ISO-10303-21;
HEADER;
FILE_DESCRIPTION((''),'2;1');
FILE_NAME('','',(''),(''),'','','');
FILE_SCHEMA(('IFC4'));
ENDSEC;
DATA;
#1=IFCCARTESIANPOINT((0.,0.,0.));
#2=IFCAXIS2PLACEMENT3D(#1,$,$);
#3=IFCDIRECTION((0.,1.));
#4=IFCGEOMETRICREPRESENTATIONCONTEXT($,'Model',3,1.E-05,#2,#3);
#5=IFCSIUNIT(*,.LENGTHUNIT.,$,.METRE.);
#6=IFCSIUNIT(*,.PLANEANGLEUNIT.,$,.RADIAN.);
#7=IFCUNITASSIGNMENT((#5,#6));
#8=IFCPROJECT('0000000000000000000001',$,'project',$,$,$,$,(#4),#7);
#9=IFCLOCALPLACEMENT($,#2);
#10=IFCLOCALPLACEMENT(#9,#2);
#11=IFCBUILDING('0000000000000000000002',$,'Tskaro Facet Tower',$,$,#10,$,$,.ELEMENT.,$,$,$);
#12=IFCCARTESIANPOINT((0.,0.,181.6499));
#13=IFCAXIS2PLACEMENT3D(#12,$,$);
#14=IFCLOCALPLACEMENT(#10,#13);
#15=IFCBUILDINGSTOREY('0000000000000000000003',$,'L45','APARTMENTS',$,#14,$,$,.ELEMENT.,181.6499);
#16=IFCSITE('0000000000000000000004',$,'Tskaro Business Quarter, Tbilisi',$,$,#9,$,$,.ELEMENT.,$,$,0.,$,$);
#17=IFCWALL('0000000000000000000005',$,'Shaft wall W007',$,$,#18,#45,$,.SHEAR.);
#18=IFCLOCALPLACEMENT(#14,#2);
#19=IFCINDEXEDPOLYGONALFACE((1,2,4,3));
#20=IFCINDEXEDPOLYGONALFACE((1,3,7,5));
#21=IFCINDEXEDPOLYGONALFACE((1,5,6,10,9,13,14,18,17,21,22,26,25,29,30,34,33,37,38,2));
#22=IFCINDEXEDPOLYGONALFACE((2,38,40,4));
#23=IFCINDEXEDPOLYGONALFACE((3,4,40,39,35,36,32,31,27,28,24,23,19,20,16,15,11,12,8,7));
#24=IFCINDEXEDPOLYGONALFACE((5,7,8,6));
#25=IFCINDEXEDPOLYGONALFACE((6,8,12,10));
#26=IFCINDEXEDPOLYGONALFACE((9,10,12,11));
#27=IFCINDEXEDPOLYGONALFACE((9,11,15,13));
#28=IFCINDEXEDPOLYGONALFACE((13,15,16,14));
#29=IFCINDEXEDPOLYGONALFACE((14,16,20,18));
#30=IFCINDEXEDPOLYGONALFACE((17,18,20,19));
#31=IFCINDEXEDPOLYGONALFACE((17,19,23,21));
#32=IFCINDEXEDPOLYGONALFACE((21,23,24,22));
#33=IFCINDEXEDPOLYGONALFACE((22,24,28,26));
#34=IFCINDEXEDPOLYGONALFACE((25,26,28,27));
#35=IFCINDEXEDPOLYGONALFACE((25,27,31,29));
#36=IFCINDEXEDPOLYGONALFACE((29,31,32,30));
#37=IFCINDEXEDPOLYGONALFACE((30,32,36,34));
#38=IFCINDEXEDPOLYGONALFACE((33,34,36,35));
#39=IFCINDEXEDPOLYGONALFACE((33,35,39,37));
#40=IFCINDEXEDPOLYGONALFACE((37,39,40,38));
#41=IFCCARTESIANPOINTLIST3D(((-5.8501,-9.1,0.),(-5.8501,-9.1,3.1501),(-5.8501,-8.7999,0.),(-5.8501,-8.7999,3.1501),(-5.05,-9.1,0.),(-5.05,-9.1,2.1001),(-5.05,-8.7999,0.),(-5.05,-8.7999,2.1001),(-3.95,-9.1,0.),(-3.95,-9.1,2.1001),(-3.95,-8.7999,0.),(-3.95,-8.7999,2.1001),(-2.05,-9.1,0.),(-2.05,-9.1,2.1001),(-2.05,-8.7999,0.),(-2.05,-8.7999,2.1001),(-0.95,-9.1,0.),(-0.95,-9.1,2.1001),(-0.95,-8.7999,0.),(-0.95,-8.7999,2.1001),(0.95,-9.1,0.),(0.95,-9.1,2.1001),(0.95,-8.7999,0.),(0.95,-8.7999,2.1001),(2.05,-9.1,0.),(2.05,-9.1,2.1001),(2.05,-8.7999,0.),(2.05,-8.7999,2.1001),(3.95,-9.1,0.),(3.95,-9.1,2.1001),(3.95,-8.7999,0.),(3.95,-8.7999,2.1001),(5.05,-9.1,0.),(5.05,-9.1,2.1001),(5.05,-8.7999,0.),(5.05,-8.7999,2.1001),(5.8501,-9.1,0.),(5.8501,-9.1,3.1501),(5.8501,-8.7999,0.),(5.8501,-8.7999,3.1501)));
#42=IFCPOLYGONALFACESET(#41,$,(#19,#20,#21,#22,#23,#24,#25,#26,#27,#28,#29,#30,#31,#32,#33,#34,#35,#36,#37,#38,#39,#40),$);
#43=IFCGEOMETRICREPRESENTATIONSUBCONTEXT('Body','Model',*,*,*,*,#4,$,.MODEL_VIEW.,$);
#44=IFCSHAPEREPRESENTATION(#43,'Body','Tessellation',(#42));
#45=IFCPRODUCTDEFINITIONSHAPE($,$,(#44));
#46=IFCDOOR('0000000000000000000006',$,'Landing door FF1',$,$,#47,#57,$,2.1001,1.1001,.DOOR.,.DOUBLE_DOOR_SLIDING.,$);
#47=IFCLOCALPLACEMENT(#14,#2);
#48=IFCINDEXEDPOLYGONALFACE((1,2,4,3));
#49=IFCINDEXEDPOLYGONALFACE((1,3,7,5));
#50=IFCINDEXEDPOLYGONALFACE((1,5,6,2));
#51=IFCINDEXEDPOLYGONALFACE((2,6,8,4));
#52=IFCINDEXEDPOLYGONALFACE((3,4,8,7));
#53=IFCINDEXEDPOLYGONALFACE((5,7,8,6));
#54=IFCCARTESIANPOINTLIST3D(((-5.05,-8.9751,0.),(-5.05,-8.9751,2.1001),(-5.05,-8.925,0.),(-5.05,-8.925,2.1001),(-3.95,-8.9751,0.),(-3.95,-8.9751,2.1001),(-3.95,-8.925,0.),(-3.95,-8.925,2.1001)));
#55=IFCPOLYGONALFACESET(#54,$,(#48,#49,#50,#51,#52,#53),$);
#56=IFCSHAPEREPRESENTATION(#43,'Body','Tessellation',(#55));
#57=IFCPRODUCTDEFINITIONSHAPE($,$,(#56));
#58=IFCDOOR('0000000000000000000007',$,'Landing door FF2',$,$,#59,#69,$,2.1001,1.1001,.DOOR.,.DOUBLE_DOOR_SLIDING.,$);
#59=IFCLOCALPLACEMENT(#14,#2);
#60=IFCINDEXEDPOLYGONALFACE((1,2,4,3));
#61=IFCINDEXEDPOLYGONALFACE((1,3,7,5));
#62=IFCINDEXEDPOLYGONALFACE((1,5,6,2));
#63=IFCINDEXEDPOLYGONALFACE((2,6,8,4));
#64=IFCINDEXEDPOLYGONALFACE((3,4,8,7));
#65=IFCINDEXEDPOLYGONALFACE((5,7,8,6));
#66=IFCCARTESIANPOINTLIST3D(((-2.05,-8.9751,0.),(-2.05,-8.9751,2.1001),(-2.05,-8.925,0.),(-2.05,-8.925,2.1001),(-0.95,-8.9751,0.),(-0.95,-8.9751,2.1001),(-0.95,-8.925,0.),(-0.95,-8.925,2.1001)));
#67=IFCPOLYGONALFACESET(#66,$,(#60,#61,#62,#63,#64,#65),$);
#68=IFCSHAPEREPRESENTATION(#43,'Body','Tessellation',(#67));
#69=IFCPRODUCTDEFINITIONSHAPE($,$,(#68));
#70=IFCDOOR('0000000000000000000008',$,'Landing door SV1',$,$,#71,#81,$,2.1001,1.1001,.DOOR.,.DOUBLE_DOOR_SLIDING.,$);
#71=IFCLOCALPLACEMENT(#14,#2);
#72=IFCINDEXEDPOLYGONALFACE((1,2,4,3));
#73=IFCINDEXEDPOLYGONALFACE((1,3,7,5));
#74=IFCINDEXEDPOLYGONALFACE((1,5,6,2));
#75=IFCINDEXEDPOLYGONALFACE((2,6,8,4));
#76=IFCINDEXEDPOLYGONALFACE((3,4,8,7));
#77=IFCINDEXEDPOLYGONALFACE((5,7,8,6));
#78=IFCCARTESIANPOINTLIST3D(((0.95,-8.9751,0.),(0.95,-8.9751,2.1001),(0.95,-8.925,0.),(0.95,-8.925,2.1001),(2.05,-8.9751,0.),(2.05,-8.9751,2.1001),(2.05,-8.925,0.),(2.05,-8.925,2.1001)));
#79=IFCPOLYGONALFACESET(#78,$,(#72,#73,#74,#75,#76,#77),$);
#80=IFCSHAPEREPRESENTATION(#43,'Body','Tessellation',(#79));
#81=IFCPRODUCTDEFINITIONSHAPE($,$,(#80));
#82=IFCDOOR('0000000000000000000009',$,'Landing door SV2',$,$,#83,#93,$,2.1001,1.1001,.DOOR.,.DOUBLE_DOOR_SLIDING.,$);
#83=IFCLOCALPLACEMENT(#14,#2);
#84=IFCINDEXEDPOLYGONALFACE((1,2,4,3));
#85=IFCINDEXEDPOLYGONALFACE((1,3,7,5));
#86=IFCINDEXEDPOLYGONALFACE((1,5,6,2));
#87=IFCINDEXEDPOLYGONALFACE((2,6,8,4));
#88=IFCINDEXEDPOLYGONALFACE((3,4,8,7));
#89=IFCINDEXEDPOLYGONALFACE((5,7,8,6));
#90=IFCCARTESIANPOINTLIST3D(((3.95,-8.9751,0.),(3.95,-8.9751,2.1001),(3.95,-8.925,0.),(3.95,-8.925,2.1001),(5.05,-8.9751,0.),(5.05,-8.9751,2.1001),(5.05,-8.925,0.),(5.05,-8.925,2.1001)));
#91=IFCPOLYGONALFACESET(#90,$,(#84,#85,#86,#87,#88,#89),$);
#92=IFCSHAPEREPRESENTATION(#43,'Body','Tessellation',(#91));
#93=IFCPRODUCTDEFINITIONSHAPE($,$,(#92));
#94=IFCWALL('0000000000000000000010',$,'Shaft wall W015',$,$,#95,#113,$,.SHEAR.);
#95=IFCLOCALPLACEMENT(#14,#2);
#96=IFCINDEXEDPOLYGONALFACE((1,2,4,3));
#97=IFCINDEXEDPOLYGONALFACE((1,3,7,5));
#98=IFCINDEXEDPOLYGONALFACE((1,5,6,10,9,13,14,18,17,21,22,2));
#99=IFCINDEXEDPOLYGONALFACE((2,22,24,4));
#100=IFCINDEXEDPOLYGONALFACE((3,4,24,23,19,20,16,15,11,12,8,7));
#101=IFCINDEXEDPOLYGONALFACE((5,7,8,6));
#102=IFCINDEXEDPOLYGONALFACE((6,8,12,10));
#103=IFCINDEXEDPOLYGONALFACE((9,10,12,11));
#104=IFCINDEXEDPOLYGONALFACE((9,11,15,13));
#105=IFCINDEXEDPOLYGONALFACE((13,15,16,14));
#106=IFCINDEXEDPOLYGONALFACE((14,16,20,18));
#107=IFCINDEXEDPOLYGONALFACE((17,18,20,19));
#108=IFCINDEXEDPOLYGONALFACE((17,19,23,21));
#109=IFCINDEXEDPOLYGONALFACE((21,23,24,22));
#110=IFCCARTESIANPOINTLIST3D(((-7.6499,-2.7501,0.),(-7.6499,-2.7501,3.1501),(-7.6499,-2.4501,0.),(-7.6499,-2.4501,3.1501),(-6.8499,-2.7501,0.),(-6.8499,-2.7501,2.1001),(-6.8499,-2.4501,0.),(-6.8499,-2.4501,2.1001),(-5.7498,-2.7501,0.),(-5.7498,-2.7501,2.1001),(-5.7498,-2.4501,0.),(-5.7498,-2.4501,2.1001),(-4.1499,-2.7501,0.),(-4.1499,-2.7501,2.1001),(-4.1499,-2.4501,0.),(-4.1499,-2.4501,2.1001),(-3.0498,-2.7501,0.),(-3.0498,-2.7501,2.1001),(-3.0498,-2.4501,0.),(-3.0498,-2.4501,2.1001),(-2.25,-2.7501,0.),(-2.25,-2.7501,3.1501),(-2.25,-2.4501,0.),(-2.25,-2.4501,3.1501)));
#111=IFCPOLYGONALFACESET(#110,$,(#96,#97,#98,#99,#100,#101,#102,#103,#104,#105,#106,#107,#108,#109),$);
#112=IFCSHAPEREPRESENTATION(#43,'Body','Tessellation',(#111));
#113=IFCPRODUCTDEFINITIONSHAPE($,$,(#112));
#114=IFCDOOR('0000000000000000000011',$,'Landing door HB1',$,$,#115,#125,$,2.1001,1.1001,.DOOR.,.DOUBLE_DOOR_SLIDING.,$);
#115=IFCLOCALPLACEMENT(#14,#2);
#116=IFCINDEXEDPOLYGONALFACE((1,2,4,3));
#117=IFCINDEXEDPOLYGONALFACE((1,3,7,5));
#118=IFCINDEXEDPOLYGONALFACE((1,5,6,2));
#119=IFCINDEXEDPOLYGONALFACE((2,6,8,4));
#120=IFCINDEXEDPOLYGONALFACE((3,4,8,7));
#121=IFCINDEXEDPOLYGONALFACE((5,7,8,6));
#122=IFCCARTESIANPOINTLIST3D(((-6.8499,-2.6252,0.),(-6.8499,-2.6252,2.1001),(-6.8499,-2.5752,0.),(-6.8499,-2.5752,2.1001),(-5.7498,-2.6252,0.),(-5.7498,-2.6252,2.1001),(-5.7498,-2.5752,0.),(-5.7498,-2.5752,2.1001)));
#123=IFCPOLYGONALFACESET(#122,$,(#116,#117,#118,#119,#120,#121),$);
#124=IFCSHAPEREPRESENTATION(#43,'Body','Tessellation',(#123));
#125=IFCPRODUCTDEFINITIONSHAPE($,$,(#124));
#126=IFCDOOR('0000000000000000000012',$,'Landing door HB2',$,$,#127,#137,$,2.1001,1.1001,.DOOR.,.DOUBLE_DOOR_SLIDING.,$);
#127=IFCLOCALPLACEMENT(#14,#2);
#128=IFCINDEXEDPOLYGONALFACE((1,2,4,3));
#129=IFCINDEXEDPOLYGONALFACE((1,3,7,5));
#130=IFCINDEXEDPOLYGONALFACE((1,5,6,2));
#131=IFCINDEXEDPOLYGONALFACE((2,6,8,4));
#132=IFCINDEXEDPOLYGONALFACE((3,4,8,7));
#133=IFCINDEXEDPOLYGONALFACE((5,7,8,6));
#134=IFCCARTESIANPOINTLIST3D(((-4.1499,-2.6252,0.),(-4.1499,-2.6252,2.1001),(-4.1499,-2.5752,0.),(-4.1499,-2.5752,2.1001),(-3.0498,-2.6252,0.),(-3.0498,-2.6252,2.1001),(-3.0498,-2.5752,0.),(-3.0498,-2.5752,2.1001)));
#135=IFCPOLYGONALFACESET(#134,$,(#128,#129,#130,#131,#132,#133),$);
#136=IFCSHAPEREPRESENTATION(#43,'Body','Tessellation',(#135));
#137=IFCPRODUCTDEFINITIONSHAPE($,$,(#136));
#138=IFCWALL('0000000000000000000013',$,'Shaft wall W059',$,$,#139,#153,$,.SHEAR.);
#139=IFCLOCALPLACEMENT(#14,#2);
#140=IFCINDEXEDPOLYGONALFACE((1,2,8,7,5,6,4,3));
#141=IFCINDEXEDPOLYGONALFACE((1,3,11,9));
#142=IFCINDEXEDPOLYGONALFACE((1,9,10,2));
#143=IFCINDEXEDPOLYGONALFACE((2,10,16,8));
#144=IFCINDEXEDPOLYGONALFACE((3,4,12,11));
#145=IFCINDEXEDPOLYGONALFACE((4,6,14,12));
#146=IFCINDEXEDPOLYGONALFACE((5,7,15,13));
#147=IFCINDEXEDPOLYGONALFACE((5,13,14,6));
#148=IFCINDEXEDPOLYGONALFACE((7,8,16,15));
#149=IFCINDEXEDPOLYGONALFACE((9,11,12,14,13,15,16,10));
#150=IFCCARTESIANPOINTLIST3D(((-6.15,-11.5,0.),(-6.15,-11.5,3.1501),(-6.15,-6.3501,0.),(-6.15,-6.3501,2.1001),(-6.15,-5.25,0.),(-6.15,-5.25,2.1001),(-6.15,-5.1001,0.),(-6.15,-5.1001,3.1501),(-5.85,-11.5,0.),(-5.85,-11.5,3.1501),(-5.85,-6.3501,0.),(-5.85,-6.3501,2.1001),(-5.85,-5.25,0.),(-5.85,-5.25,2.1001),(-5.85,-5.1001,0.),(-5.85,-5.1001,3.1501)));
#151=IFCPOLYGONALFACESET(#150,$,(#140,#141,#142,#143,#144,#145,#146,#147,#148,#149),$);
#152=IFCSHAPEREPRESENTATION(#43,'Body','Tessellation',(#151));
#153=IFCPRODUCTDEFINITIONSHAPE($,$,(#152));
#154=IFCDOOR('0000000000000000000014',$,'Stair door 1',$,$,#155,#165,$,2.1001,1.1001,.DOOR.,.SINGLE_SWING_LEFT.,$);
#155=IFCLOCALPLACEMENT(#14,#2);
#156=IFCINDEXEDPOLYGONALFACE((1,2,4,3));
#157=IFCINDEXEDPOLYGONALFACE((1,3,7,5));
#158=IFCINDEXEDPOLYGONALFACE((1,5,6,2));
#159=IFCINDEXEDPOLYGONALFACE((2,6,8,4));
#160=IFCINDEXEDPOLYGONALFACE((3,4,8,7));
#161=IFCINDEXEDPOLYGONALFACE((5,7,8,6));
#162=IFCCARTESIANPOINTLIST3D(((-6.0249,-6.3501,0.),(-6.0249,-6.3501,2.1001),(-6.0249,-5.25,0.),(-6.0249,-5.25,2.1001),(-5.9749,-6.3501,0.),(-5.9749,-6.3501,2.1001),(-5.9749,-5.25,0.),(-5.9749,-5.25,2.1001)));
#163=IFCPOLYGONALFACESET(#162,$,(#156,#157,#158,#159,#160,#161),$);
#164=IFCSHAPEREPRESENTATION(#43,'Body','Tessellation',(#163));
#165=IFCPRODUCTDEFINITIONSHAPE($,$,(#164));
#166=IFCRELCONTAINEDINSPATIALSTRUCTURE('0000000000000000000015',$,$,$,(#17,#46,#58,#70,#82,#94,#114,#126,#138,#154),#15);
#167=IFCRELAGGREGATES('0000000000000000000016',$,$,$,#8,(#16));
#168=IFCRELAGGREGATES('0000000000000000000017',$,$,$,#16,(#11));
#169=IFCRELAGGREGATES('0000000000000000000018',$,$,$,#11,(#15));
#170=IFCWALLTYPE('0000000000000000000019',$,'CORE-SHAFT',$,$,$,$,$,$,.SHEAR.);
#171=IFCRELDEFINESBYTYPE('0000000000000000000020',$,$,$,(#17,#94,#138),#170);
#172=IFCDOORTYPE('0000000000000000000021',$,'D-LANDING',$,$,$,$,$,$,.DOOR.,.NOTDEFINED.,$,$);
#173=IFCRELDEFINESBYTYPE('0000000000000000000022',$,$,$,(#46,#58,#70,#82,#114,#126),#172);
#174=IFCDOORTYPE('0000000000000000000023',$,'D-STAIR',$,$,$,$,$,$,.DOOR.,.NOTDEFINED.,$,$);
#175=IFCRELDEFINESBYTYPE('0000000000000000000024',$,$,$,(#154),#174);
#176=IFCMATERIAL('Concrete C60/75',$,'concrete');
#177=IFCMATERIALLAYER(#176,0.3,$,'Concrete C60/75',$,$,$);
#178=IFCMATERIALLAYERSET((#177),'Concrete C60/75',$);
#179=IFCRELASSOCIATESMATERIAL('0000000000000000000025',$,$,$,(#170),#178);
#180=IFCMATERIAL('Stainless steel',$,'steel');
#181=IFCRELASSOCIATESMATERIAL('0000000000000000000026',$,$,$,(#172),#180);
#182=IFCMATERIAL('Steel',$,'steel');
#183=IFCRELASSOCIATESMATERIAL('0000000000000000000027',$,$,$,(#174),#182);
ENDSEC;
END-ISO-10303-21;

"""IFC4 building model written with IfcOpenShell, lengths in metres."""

from ifc_helpers import new_model, si_unit, direction, frame, frame_2d, origin, place, context, subcontext, project, spatial, rectangle, extrude, material, layer, layer_set, type_object, element, fill, save


model = new_model("IFC4")

# Units and contexts
model_context = context("Model", 3, precision=1e-05, world=origin(), true_north=direction((0.0, 1.0)))
body_context = subcontext(model_context, "Body", "Model", "MODEL_VIEW")
ifc_project = project(units=[si_unit("LENGTHUNIT", "METRE"), si_unit("PLANEANGLEUNIT", "RADIAN")], contexts=[model_context])

# Site, building, storey
site_placement = place(None, origin())
site = spatial("IfcSite", under=ifc_project, at=site_placement, Name="Tskaro Business Quarter, Tbilisi", CompositionType="ELEMENT", RefElevation=0.0)
building_placement = place(site_placement, origin())
building = spatial("IfcBuilding", under=site, at=building_placement, Name="Tskaro Facet Tower", CompositionType="ELEMENT")
storey_placement = place(building_placement, frame((0.0, 0.0, 181.6499)))
storey = spatial("IfcBuildingStorey", under=building, at=storey_placement, Name="L45", Description="APARTMENTS", CompositionType="ELEMENT", Elevation=181.6499)

# Walls, openings, doors
ifc_material_1 = material(Name="Concrete C60/75", Category="concrete")
ifc_layer_1 = layer(ifc_material_1, 0.3, Name="Concrete C60/75")
ifc_layer_set_1 = layer_set([ifc_layer_1], Name="Concrete C60/75")
wall_type_1 = type_object("IfcWallType", Name="CORE-SHAFT", PredefinedType="SHEAR", material=ifc_layer_set_1)
wall_1_placement = place(storey_placement, frame((-5.8501, -8.95, 0.0), z_axis=(0.0, 0.0, 1.0), x_axis=(1.0, 0.0, 0.0)))
wall_1 = element("IfcWall", 1, at=wall_1_placement, inside=storey, type_object=wall_type_1, Name="Shaft wall W007", PredefinedType="SHEAR", context=body_context, shape_type="SweptSolid", body=[
    extrude(rectangle(XDim=11.7002, YDim=0.3, at=frame_2d((5.8501, 0.0))), origin(), (0.0, 0.0, 1.0), 3.1501),
])
opening_1_placement = place(wall_1_placement, frame((0.8, 0.0, 0.0)))
opening_1 = element("IfcOpeningElement", 2, at=opening_1_placement, cuts=wall_1, PredefinedType="OPENING", context=body_context, shape_type="SweptSolid", body=[
    extrude(rectangle(XDim=1.1001, YDim=2.1001, at=frame_2d((0.55, 1.05))), frame((0.0, 0.1599, 0.0), z_axis=(0.0, -1.0, 0.0), x_axis=(1.0, 0.0, 0.0)), (0.0, 0.0, 1.0), 0.3201),
])
opening_2_placement = place(wall_1_placement, frame((3.8, 0.0, 0.0)))
opening_2 = element("IfcOpeningElement", 3, at=opening_2_placement, cuts=wall_1, PredefinedType="OPENING", context=body_context, shape_type="SweptSolid", body=[
    extrude(rectangle(XDim=1.1001, YDim=2.1001, at=frame_2d((0.55, 1.05))), frame((0.0, 0.1599, 0.0), z_axis=(0.0, -1.0, 0.0), x_axis=(1.0, 0.0, 0.0)), (0.0, 0.0, 1.0), 0.3201),
])
opening_3_placement = place(wall_1_placement, frame((6.8, 0.0, 0.0)))
opening_3 = element("IfcOpeningElement", 4, at=opening_3_placement, cuts=wall_1, PredefinedType="OPENING", context=body_context, shape_type="SweptSolid", body=[
    extrude(rectangle(XDim=1.1001, YDim=2.1001, at=frame_2d((0.55, 1.05))), frame((0.0, 0.1599, 0.0), z_axis=(0.0, -1.0, 0.0), x_axis=(1.0, 0.0, 0.0)), (0.0, 0.0, 1.0), 0.3201),
])
opening_4_placement = place(wall_1_placement, frame((9.8, 0.0, 0.0)))
opening_4 = element("IfcOpeningElement", 5, at=opening_4_placement, cuts=wall_1, PredefinedType="OPENING", context=body_context, shape_type="SweptSolid", body=[
    extrude(rectangle(XDim=1.1001, YDim=2.1001, at=frame_2d((0.55, 1.05))), frame((0.0, 0.1599, 0.0), z_axis=(0.0, -1.0, 0.0), x_axis=(1.0, 0.0, 0.0)), (0.0, 0.0, 1.0), 0.3201),
])
ifc_material_2 = material(Name="Stainless steel", Category="steel")
door_type_1 = type_object("IfcDoorType", Name="D-LANDING", OperationType="NOTDEFINED", PredefinedType="DOOR", material=ifc_material_2)
door_1_placement = place(opening_1_placement, origin())
door_1 = element("IfcDoor", 6, at=door_1_placement, inside=storey, type_object=door_type_1, Name="Landing door FF1", OperationType="DOUBLE_DOOR_SLIDING", OverallHeight=2.1001, OverallWidth=1.1001, PredefinedType="DOOR", context=body_context, shape_type="SweptSolid", body=[
    extrude(rectangle(XDim=1.1001, YDim=2.1001, at=frame_2d((0.55, 1.05))), frame((0.0, 0.0249, 0.0), z_axis=(0.0, -1.0, 0.0), x_axis=(1.0, 0.0, 0.0)), (0.0, 0.0, 1.0), 0.05),
])
fill(opening_1, door_1)
door_2_placement = place(opening_2_placement, origin())
door_2 = element("IfcDoor", 7, at=door_2_placement, inside=storey, type_object=door_type_1, Name="Landing door FF2", OperationType="DOUBLE_DOOR_SLIDING", OverallHeight=2.1001, OverallWidth=1.1001, PredefinedType="DOOR", context=body_context, shape_type="SweptSolid", body=[
    extrude(rectangle(XDim=1.1001, YDim=2.1001, at=frame_2d((0.55, 1.05))), frame((0.0, 0.0249, 0.0), z_axis=(0.0, -1.0, 0.0), x_axis=(1.0, 0.0, 0.0)), (0.0, 0.0, 1.0), 0.05),
])
fill(opening_2, door_2)
door_3_placement = place(opening_3_placement, origin())
door_3 = element("IfcDoor", 8, at=door_3_placement, inside=storey, type_object=door_type_1, Name="Landing door SV1", OperationType="DOUBLE_DOOR_SLIDING", OverallHeight=2.1001, OverallWidth=1.1001, PredefinedType="DOOR", context=body_context, shape_type="SweptSolid", body=[
    extrude(rectangle(XDim=1.1001, YDim=2.1001, at=frame_2d((0.55, 1.05))), frame((0.0, 0.0249, 0.0), z_axis=(0.0, -1.0, 0.0), x_axis=(1.0, 0.0, 0.0)), (0.0, 0.0, 1.0), 0.05),
])
fill(opening_3, door_3)
door_4_placement = place(opening_4_placement, origin())
door_4 = element("IfcDoor", 9, at=door_4_placement, inside=storey, type_object=door_type_1, Name="Landing door SV2", OperationType="DOUBLE_DOOR_SLIDING", OverallHeight=2.1001, OverallWidth=1.1001, PredefinedType="DOOR", context=body_context, shape_type="SweptSolid", body=[
    extrude(rectangle(XDim=1.1001, YDim=2.1001, at=frame_2d((0.55, 1.05))), frame((0.0, 0.0249, 0.0), z_axis=(0.0, -1.0, 0.0), x_axis=(1.0, 0.0, 0.0)), (0.0, 0.0, 1.0), 0.05),
])
fill(opening_4, door_4)
wall_2_placement = place(storey_placement, frame((-7.6499, -2.6001, 0.0), z_axis=(0.0, 0.0, 1.0), x_axis=(1.0, 0.0, 0.0)))
wall_2 = element("IfcWall", 10, at=wall_2_placement, inside=storey, type_object=wall_type_1, Name="Shaft wall W015", PredefinedType="SHEAR", context=body_context, shape_type="SweptSolid", body=[
    extrude(rectangle(XDim=5.3999, YDim=0.3, at=frame_2d((2.7, 0.0))), origin(), (0.0, 0.0, 1.0), 3.1501),
])
opening_5_placement = place(wall_2_placement, frame((0.8, 0.0, 0.0)))
opening_5 = element("IfcOpeningElement", 11, at=opening_5_placement, cuts=wall_2, PredefinedType="OPENING", context=body_context, shape_type="SweptSolid", body=[
    extrude(rectangle(XDim=1.1001, YDim=2.1001, at=frame_2d((0.55, 1.05))), frame((0.0, 0.1599, 0.0), z_axis=(0.0, -1.0, 0.0), x_axis=(1.0, 0.0, 0.0)), (0.0, 0.0, 1.0), 0.3201),
])
opening_6_placement = place(wall_2_placement, frame((3.5, 0.0, 0.0)))
opening_6 = element("IfcOpeningElement", 12, at=opening_6_placement, cuts=wall_2, PredefinedType="OPENING", context=body_context, shape_type="SweptSolid", body=[
    extrude(rectangle(XDim=1.1001, YDim=2.1001, at=frame_2d((0.55, 1.05))), frame((0.0, 0.1599, 0.0), z_axis=(0.0, -1.0, 0.0), x_axis=(1.0, 0.0, 0.0)), (0.0, 0.0, 1.0), 0.3201),
])
door_5_placement = place(opening_5_placement, origin())
door_5 = element("IfcDoor", 13, at=door_5_placement, inside=storey, type_object=door_type_1, Name="Landing door HB1", OperationType="DOUBLE_DOOR_SLIDING", OverallHeight=2.1001, OverallWidth=1.1001, PredefinedType="DOOR", context=body_context, shape_type="SweptSolid", body=[
    extrude(rectangle(XDim=1.1001, YDim=2.1001, at=frame_2d((0.55, 1.05))), frame((0.0, 0.0249, 0.0), z_axis=(0.0, -1.0, 0.0), x_axis=(1.0, 0.0, 0.0)), (0.0, 0.0, 1.0), 0.05),
])
fill(opening_5, door_5)
door_6_placement = place(opening_6_placement, origin())
door_6 = element("IfcDoor", 14, at=door_6_placement, inside=storey, type_object=door_type_1, Name="Landing door HB2", OperationType="DOUBLE_DOOR_SLIDING", OverallHeight=2.1001, OverallWidth=1.1001, PredefinedType="DOOR", context=body_context, shape_type="SweptSolid", body=[
    extrude(rectangle(XDim=1.1001, YDim=2.1001, at=frame_2d((0.55, 1.05))), frame((0.0, 0.0249, 0.0), z_axis=(0.0, -1.0, 0.0), x_axis=(1.0, 0.0, 0.0)), (0.0, 0.0, 1.0), 0.05),
])
fill(opening_6, door_6)

# Wall, opening, door
wall_3_placement = place(storey_placement, frame((-6.0, -11.5, 0.0), z_axis=(0.0, 0.0, 1.0), x_axis=(0.0, 1.0, 0.0)))
wall_3 = element("IfcWall", 15, at=wall_3_placement, inside=storey, type_object=wall_type_1, Name="Shaft wall W059", PredefinedType="SHEAR", context=body_context, shape_type="SweptSolid", body=[
    extrude(rectangle(XDim=6.3999, YDim=0.3, at=frame_2d((3.2, 0.0))), origin(), (0.0, 0.0, 1.0), 3.1501),
])
opening_7_placement = place(wall_3_placement, frame((5.1499, 0.0, 0.0)))
opening_7 = element("IfcOpeningElement", 16, at=opening_7_placement, cuts=wall_3, PredefinedType="OPENING", context=body_context, shape_type="SweptSolid", body=[
    extrude(rectangle(XDim=1.1001, YDim=2.1001, at=frame_2d((0.55, 1.05))), frame((0.0, 0.1599, 0.0), z_axis=(0.0, -1.0, 0.0), x_axis=(1.0, 0.0, 0.0)), (0.0, 0.0, 1.0), 0.3201),
])
ifc_material_3 = material(Name="Steel", Category="steel")
door_type_2 = type_object("IfcDoorType", Name="D-STAIR", OperationType="NOTDEFINED", PredefinedType="DOOR", material=ifc_material_3)
door_7_placement = place(opening_7_placement, origin())
door_7 = element("IfcDoor", 17, at=door_7_placement, inside=storey, type_object=door_type_2, Name="Stair door 1", OperationType="SINGLE_SWING_LEFT", OverallHeight=2.1001, OverallWidth=1.1001, PredefinedType="DOOR", context=body_context, shape_type="SweptSolid", body=[
    extrude(rectangle(XDim=1.1001, YDim=2.1001, at=frame_2d((0.55, 1.05))), frame((0.0, 0.0249, 0.0), z_axis=(0.0, -1.0, 0.0), x_axis=(1.0, 0.0, 0.0)), (0.0, 0.0, 1.0), 0.05),
])
fill(opening_7, door_7)

save(model, "model.ifc")
